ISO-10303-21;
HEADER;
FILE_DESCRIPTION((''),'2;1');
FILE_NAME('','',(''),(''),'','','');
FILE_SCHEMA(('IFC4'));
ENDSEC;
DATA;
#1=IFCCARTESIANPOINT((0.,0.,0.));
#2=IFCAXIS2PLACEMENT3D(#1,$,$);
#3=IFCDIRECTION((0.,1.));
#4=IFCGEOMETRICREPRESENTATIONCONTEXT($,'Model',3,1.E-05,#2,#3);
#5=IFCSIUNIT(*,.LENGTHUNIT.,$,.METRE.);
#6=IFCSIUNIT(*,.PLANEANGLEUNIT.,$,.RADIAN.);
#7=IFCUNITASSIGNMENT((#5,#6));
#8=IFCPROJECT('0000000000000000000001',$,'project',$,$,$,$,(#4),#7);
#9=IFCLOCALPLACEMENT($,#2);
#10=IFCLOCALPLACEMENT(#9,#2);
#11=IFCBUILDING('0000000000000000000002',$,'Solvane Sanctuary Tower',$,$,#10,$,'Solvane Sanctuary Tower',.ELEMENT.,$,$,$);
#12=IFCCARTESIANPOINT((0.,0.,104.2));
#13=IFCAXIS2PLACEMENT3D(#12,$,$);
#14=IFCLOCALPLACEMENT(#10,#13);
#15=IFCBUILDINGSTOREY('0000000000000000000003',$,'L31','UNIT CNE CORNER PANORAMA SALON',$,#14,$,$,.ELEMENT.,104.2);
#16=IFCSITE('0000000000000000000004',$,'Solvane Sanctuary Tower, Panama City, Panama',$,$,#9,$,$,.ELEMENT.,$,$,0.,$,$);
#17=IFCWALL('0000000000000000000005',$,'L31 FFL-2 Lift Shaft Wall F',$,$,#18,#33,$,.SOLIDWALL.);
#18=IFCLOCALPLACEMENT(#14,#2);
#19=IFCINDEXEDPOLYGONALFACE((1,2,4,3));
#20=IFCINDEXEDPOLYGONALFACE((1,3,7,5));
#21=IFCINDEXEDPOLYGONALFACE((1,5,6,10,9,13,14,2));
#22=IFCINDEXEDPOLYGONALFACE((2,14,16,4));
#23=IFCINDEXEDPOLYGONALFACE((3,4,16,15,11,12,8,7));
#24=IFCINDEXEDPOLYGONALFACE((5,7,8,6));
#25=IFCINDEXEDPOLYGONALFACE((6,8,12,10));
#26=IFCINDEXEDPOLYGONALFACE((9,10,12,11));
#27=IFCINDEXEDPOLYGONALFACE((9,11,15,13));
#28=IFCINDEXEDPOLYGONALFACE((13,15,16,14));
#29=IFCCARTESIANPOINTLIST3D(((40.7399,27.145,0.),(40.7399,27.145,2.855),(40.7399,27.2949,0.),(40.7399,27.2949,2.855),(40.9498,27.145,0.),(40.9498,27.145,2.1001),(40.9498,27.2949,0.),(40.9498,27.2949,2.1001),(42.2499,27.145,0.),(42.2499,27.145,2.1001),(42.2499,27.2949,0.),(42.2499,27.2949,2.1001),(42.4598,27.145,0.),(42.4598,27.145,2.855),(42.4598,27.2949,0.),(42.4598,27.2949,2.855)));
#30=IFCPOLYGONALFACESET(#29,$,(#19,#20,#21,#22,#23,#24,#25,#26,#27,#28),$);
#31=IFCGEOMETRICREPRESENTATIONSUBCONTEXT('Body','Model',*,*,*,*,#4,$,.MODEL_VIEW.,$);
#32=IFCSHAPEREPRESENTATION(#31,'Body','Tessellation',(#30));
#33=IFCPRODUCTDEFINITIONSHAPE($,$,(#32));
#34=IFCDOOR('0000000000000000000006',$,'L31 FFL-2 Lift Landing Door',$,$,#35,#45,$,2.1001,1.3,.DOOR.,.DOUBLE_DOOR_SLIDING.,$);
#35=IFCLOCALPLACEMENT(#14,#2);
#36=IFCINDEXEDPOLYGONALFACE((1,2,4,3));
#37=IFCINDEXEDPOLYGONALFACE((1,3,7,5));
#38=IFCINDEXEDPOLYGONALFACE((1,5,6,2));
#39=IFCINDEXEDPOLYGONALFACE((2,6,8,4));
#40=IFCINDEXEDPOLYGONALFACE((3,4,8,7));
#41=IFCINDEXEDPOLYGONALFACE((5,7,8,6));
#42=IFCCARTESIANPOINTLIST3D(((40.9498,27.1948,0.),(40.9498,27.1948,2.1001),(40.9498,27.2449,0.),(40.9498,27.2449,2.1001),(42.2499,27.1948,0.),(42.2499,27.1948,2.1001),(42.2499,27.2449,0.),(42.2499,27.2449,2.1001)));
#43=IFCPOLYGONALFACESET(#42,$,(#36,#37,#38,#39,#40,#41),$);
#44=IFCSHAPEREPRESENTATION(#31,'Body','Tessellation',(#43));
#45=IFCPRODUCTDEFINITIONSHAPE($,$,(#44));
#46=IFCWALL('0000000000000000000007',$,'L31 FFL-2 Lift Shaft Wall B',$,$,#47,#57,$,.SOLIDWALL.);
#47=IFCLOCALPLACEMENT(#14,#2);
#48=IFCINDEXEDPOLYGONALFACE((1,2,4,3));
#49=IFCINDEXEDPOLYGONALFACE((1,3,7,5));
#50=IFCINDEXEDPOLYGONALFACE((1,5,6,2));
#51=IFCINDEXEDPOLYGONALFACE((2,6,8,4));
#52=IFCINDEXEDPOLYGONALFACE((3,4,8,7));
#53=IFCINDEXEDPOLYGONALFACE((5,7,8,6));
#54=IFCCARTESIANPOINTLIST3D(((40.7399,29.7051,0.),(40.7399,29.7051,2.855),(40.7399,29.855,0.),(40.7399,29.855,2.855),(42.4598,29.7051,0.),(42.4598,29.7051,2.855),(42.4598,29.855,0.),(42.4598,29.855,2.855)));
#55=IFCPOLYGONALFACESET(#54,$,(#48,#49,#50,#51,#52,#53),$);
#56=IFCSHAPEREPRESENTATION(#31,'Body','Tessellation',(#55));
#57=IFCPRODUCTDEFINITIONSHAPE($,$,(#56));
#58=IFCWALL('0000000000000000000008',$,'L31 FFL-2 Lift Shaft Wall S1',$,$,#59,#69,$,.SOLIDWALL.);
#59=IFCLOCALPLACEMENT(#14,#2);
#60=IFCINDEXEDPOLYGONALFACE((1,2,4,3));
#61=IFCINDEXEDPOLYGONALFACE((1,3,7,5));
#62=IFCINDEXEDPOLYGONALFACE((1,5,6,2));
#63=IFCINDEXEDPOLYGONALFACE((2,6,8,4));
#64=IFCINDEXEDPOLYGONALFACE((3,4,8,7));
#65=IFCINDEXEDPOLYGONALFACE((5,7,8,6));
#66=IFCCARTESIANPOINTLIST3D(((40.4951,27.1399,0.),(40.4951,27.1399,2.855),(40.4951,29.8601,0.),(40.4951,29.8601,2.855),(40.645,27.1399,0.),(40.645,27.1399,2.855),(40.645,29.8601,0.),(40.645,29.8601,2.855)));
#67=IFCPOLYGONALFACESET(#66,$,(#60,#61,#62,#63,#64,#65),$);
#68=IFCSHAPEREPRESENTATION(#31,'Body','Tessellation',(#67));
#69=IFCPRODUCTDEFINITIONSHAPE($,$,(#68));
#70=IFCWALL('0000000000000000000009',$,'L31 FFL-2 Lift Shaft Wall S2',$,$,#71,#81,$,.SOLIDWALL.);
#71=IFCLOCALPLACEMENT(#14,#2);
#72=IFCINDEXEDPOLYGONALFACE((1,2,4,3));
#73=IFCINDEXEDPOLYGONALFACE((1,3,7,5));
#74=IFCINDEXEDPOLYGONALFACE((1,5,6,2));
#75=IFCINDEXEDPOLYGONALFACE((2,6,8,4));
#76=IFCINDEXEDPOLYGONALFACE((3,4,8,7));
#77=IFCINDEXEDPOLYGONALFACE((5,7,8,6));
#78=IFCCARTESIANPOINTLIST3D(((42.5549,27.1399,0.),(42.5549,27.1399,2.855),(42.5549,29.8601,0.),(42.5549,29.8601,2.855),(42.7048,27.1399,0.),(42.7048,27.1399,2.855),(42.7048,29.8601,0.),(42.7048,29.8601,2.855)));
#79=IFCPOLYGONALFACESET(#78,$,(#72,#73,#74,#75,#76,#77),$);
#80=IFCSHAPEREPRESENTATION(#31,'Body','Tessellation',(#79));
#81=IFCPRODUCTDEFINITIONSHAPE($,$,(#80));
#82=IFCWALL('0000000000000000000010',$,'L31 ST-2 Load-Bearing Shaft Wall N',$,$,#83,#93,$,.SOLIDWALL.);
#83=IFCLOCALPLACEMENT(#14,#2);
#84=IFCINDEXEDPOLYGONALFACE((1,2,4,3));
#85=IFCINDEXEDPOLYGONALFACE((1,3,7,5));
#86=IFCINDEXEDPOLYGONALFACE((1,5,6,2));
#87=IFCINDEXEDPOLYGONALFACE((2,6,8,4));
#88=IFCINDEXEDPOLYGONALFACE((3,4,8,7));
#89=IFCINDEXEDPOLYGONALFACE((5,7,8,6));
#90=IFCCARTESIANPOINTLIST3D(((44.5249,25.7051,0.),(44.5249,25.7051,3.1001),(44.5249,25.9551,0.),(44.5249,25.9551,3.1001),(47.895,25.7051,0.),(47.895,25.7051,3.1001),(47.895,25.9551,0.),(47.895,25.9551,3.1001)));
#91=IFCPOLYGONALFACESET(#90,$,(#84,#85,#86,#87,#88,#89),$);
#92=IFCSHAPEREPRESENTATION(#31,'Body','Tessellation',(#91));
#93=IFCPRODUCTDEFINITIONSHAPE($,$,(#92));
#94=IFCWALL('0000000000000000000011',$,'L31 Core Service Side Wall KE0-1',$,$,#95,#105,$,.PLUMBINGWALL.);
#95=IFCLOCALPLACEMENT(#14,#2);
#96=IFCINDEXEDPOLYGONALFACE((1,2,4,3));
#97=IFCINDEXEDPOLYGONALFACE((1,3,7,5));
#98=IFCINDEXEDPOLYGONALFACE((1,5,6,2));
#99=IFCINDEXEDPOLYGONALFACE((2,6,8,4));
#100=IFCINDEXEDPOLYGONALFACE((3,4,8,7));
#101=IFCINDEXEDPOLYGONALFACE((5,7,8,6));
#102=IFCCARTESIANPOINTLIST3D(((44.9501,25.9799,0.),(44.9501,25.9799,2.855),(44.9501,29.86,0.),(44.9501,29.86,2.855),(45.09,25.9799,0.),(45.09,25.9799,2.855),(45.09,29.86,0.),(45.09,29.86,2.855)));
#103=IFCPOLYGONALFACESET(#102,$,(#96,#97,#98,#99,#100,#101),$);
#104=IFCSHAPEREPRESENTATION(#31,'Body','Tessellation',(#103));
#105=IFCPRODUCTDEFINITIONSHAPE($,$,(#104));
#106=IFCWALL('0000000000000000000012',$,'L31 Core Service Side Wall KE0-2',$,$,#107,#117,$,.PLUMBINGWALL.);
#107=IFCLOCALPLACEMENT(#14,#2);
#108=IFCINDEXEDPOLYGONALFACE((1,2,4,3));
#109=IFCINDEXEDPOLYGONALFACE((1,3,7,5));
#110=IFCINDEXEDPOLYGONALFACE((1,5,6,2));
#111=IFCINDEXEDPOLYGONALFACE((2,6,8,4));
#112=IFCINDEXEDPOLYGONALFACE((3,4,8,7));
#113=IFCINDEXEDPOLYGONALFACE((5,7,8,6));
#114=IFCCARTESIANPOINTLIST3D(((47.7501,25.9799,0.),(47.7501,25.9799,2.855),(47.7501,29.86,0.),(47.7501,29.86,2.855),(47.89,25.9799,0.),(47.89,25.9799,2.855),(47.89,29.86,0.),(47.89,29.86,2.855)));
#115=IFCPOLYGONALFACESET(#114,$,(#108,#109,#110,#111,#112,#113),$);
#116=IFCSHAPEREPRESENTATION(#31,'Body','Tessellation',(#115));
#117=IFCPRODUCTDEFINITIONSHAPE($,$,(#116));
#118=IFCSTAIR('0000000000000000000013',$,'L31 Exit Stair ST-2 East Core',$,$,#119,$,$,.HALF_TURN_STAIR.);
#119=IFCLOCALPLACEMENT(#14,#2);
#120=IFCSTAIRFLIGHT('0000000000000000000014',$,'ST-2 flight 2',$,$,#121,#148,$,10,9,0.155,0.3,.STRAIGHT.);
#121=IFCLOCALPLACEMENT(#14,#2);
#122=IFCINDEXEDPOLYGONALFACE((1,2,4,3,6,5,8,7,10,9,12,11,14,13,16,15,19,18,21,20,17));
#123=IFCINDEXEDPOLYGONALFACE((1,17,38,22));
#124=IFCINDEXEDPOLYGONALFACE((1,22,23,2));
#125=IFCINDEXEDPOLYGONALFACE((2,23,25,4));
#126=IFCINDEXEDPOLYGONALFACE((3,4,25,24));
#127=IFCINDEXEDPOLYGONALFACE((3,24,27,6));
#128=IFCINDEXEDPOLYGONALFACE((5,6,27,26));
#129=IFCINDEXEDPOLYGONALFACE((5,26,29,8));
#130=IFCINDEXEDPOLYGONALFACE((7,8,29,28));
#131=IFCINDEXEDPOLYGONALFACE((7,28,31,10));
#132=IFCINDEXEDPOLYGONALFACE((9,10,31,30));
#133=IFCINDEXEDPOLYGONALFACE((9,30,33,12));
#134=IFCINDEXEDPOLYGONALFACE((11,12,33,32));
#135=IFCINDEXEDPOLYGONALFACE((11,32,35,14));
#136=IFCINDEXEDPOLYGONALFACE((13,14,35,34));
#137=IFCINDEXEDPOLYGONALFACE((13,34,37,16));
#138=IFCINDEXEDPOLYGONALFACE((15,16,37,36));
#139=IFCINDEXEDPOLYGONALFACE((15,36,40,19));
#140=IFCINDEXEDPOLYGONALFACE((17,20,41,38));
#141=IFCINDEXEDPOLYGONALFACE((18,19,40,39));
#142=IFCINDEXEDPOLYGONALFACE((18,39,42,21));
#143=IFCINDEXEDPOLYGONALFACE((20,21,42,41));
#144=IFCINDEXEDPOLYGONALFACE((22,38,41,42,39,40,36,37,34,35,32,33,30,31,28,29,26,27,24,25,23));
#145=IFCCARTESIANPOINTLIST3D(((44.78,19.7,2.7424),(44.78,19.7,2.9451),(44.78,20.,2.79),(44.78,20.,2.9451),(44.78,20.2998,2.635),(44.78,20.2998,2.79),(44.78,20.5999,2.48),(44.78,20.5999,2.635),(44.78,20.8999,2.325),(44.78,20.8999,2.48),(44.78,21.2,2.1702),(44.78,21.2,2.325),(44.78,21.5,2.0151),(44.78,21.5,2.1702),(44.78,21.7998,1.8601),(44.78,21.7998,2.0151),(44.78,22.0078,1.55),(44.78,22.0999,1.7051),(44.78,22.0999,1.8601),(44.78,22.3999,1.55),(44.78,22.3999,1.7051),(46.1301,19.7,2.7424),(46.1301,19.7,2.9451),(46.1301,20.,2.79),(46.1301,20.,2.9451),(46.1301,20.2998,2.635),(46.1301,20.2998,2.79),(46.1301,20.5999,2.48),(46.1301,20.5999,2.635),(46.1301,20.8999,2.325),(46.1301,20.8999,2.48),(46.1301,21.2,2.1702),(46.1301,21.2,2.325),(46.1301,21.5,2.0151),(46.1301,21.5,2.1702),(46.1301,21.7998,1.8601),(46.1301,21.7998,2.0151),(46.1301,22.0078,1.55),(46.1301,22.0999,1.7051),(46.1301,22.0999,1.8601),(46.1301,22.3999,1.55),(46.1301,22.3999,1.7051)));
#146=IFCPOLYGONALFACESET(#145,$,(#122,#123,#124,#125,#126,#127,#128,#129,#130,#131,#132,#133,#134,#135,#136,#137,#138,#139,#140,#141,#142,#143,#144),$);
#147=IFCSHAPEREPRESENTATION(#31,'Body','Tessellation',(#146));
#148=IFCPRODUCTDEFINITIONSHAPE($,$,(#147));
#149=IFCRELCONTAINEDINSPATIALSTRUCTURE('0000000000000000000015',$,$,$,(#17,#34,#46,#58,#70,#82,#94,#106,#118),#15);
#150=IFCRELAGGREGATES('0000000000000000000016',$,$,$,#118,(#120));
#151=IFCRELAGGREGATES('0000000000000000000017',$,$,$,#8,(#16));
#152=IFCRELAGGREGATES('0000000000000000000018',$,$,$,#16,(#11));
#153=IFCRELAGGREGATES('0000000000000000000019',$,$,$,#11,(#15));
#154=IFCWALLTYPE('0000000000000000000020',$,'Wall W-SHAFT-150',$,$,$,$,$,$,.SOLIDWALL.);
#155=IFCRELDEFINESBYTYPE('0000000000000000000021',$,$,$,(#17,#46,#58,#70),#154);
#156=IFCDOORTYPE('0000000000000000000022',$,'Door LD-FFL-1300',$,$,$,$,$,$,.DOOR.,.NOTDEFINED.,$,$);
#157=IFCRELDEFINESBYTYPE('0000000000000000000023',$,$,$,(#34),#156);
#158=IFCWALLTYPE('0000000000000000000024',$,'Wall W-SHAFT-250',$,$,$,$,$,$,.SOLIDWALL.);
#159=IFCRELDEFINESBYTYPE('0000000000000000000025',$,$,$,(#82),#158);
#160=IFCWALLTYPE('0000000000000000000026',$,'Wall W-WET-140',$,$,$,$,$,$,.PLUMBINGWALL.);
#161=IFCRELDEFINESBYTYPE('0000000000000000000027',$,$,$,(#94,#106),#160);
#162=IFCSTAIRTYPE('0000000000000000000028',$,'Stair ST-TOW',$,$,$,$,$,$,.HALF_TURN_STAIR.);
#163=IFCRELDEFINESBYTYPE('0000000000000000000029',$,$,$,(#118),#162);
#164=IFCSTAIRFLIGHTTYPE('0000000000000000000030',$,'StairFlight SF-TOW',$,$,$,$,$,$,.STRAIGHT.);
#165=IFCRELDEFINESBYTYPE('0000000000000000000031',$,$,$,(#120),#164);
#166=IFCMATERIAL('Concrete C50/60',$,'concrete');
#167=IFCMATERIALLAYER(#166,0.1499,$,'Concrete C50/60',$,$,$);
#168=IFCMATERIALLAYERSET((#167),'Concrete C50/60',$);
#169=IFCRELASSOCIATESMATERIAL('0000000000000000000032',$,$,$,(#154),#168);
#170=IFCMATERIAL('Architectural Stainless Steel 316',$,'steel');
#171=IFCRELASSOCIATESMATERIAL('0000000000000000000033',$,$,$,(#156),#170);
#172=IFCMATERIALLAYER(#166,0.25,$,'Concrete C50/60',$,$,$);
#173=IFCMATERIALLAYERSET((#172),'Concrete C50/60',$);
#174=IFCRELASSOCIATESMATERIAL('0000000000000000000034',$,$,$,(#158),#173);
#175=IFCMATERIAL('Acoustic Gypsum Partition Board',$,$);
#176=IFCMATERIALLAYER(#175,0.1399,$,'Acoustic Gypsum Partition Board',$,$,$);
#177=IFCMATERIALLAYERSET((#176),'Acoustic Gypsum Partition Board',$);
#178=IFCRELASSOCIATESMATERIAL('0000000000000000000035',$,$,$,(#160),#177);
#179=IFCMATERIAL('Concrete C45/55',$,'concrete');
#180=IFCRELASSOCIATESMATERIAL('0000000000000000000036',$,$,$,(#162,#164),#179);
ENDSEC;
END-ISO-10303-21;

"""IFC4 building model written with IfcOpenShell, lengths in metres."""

from ifc_helpers import new_model, si_unit, direction, frame, frame_2d, origin, place, context, subcontext, project, spatial, polyline, rectangle, outline, extrude, material, layer, layer_set, type_object, element, fill, aggregate, save


model = new_model("IFC4")

# Units and contexts
model_context = context("Model", 3, precision=1e-05, world=origin(), true_north=direction((0.0, 1.0)))
body_context = subcontext(model_context, "Body", "Model", "MODEL_VIEW")
ifc_project = project(units=[si_unit("LENGTHUNIT", "METRE"), si_unit("PLANEANGLEUNIT", "RADIAN")], contexts=[model_context])

# Site, building, storey
site_placement = place(None, origin())
site = spatial("IfcSite", under=ifc_project, at=site_placement, Name="Solvane Sanctuary Tower, Panama City, Panama", CompositionType="ELEMENT", RefElevation=0.0)
building_placement = place(site_placement, origin())
building = spatial("IfcBuilding", under=site, at=building_placement, Name="Solvane Sanctuary Tower", LongName="Solvane Sanctuary Tower", CompositionType="ELEMENT")
storey_placement = place(building_placement, frame((0.0, 0.0, 104.2)))
storey = spatial("IfcBuildingStorey", under=building, at=storey_placement, Name="L31", Description="UNIT CNE CORNER PANORAMA SALON", CompositionType="ELEMENT", Elevation=104.2)

# Shared definitions
ifc_material_1 = material(Name="Acoustic Gypsum Partition Board")

# Shared definitions
ifc_material_2 = material(Name="Concrete C50/60", Category="concrete")
ifc_layer_1 = layer(ifc_material_2, 0.1499, Name="Concrete C50/60")
ifc_layer_set_1 = layer_set([ifc_layer_1], Name="Concrete C50/60")
wall_type_1 = type_object("IfcWallType", Name="Wall W-SHAFT-150", PredefinedType="SOLIDWALL", material=ifc_layer_set_1)

# Wall, opening, door
wall_1_placement = place(storey_placement, frame((40.74, 27.22, 0.0), z_axis=(0.0, 0.0, 1.0), x_axis=(1.0, 0.0, 0.0)))
wall_1 = element("IfcWall", 1, at=wall_1_placement, inside=storey, type_object=wall_type_1, Name="L31 FFL-2 Lift Shaft Wall F", PredefinedType="SOLIDWALL", context=body_context, shape_type="SweptSolid", body=[
    extrude(rectangle(XDim=1.72, YDim=0.1499, at=frame_2d((0.8599, 0.0))), origin(), (0.0, 0.0, 1.0), 2.855),
])
opening_1_placement = place(wall_1_placement, frame((0.21, 0.0, 0.0)))
opening_1 = element("IfcOpeningElement", 2, at=opening_1_placement, cuts=wall_1, PredefinedType="OPENING", context=body_context, shape_type="SweptSolid", body=[
    extrude(rectangle(XDim=1.3, YDim=2.1001, at=frame_2d((0.6499, 1.05))), frame((0.0, 0.085, 0.0), z_axis=(0.0, -1.0, 0.0), x_axis=(1.0, 0.0, 0.0)), (0.0, 0.0, 1.0), 0.1699),
])
ifc_material_3 = material(Name="Architectural Stainless Steel 316", Category="steel")
door_type_1 = type_object("IfcDoorType", Name="Door LD-FFL-1300", OperationType="NOTDEFINED", PredefinedType="DOOR", material=ifc_material_3)
door_1_placement = place(opening_1_placement, origin())
door_1 = element("IfcDoor", 3, at=door_1_placement, inside=storey, type_object=door_type_1, Name="L31 FFL-2 Lift Landing Door", OperationType="DOUBLE_DOOR_SLIDING", OverallHeight=2.1001, OverallWidth=1.3, PredefinedType="DOOR", context=body_context, shape_type="SweptSolid", body=[
    extrude(rectangle(XDim=1.3, YDim=2.1001, at=frame_2d((0.6499, 1.05))), frame((0.0, 0.0249, 0.0), z_axis=(0.0, -1.0, 0.0), x_axis=(1.0, 0.0, 0.0)), (0.0, 0.0, 1.0), 0.05),
])
fill(opening_1, door_1)

# Walls
wall_2_placement = place(storey_placement, frame((40.74, 29.78, 0.0), z_axis=(0.0, 0.0, 1.0), x_axis=(1.0, 0.0, 0.0)))
element("IfcWall", 4, at=wall_2_placement, inside=storey, type_object=wall_type_1, Name="L31 FFL-2 Lift Shaft Wall B", PredefinedType="SOLIDWALL", context=body_context, shape_type="SweptSolid", body=[
    extrude(rectangle(XDim=1.72, YDim=0.1499, at=frame_2d((0.8599, 0.0))), origin(), (0.0, 0.0, 1.0), 2.855),
])
for number, where, z_axis, x_axis, name in (
    (5, (40.5701, 27.1399, 0.0), (0.0, 0.0, 1.0), (0.0, 1.0, 0.0), "L31 FFL-2 Lift Shaft Wall S1"),
    (6, (42.6299, 27.1399, 0.0), (0.0, 0.0, 1.0), (0.0, 1.0, 0.0), "L31 FFL-2 Lift Shaft Wall S2"),
):
    element("IfcWall", number, at=place(storey_placement, frame(where, z_axis=z_axis, x_axis=x_axis)), inside=storey, type_object=wall_type_1, Name=name, PredefinedType="SOLIDWALL", context=body_context, shape_type="SweptSolid", body=[
        extrude(rectangle(XDim=2.7202, YDim=0.1499, at=frame_2d((1.3601, 0.0))), origin(), (0.0, 0.0, 1.0), 2.855),
    ])
ifc_layer_2 = layer(ifc_material_2, 0.25, Name="Concrete C50/60")
ifc_layer_set_2 = layer_set([ifc_layer_2], Name="Concrete C50/60")
wall_type_2 = type_object("IfcWallType", Name="Wall W-SHAFT-250", PredefinedType="SOLIDWALL", material=ifc_layer_set_2)
wall_3_placement = place(storey_placement, frame((44.5249, 25.8301, 0.0), z_axis=(0.0, 0.0, 1.0), x_axis=(1.0, 0.0, 0.0)))
element("IfcWall", 7, at=wall_3_placement, inside=storey, type_object=wall_type_2, Name="L31 ST-2 Load-Bearing Shaft Wall N", PredefinedType="SOLIDWALL", context=body_context, shape_type="SweptSolid", body=[
    extrude(rectangle(XDim=3.3701, YDim=0.25, at=frame_2d((1.6851, 0.0))), origin(), (0.0, 0.0, 1.0), 3.1001),
])
ifc_layer_3 = layer(ifc_material_1, 0.1399, Name="Acoustic Gypsum Partition Board")
ifc_layer_set_3 = layer_set([ifc_layer_3], Name="Acoustic Gypsum Partition Board")
wall_type_3 = type_object("IfcWallType", Name="Wall W-WET-140", PredefinedType="PLUMBINGWALL", material=ifc_layer_set_3)
for number, where, z_axis, x_axis, name in (
    (8, (45.02, 25.98, 0.0), (0.0, 0.0, 1.0), (0.0, 1.0, 0.0), "L31 Core Service Side Wall KE0-1"),
    (9, (47.8201, 25.98, 0.0), (0.0, 0.0, 1.0), (0.0, 1.0, 0.0), "L31 Core Service Side Wall KE0-2"),
):
    element("IfcWall", number, at=place(storey_placement, frame(where, z_axis=z_axis, x_axis=x_axis)), inside=storey, type_object=wall_type_3, Name=name, PredefinedType="PLUMBINGWALL", context=body_context, shape_type="SweptSolid", body=[
        extrude(rectangle(XDim=3.8801, YDim=0.1399, at=frame_2d((1.9399, 0.0))), origin(), (0.0, 0.0, 1.0), 2.855),
    ])

# Stair, stair flight
ifc_material_4 = material(Name="Concrete C45/55", Category="concrete")
stair_type = type_object("IfcStairType", Name="Stair ST-TOW", PredefinedType="HALF_TURN_STAIR", material=ifc_material_4)
stair_placement = place(storey_placement, origin())
stair = element("IfcStair", 10, at=stair_placement, inside=storey, type_object=stair_type, Name="L31 Exit Stair ST-2 East Core", PredefinedType="HALF_TURN_STAIR")
stair_flight_type = type_object("IfcStairFlightType", Name="StairFlight SF-TOW", PredefinedType="STRAIGHT", material=ifc_material_4)
stair_flight_placement = place(storey_placement, frame((45.4551, 22.3999, 1.55), z_axis=(0.0, 0.0, 1.0), x_axis=(0.0, -1.0, 0.0)))
stair_flight = element("IfcStairFlight", 11, at=stair_flight_placement, type_object=stair_flight_type, Name="ST-2 flight 2", NumberOfRisers=10, NumberOfTreads=9, PredefinedType="STRAIGHT", RiserHeight=0.155, TreadLength=0.3, context=body_context, shape_type="SweptSolid", body=[
    extrude(outline(polyline([(0.0, 0.0), (0.0, 0.155), (0.3, 0.155), (0.3, 0.3101), (0.6001, 0.3101), (0.6001, 0.4651), (0.8999, 0.4651), (0.8999, 0.6201), (1.2, 0.6201), (1.2, 0.7749), (1.5, 0.7749), (1.5, 0.9299), (1.8, 0.9299), (1.8, 1.085), (2.1001, 1.085), (2.1001, 1.24), (2.3999, 1.24), (2.3999, 1.395), (2.7, 1.395), (2.7, 1.55), (2.7, 1.1924), (0.3921, 0.0), (0.0, 0.0)])), frame((0.0, 0.675, 0.0), z_axis=(0.0, -1.0, 0.0), x_axis=(1.0, 0.0, 0.0)), (0.0, 0.0, 1.0), 1.3501),
])
aggregate(stair, [stair_flight])

save(model, "model.ifc")
